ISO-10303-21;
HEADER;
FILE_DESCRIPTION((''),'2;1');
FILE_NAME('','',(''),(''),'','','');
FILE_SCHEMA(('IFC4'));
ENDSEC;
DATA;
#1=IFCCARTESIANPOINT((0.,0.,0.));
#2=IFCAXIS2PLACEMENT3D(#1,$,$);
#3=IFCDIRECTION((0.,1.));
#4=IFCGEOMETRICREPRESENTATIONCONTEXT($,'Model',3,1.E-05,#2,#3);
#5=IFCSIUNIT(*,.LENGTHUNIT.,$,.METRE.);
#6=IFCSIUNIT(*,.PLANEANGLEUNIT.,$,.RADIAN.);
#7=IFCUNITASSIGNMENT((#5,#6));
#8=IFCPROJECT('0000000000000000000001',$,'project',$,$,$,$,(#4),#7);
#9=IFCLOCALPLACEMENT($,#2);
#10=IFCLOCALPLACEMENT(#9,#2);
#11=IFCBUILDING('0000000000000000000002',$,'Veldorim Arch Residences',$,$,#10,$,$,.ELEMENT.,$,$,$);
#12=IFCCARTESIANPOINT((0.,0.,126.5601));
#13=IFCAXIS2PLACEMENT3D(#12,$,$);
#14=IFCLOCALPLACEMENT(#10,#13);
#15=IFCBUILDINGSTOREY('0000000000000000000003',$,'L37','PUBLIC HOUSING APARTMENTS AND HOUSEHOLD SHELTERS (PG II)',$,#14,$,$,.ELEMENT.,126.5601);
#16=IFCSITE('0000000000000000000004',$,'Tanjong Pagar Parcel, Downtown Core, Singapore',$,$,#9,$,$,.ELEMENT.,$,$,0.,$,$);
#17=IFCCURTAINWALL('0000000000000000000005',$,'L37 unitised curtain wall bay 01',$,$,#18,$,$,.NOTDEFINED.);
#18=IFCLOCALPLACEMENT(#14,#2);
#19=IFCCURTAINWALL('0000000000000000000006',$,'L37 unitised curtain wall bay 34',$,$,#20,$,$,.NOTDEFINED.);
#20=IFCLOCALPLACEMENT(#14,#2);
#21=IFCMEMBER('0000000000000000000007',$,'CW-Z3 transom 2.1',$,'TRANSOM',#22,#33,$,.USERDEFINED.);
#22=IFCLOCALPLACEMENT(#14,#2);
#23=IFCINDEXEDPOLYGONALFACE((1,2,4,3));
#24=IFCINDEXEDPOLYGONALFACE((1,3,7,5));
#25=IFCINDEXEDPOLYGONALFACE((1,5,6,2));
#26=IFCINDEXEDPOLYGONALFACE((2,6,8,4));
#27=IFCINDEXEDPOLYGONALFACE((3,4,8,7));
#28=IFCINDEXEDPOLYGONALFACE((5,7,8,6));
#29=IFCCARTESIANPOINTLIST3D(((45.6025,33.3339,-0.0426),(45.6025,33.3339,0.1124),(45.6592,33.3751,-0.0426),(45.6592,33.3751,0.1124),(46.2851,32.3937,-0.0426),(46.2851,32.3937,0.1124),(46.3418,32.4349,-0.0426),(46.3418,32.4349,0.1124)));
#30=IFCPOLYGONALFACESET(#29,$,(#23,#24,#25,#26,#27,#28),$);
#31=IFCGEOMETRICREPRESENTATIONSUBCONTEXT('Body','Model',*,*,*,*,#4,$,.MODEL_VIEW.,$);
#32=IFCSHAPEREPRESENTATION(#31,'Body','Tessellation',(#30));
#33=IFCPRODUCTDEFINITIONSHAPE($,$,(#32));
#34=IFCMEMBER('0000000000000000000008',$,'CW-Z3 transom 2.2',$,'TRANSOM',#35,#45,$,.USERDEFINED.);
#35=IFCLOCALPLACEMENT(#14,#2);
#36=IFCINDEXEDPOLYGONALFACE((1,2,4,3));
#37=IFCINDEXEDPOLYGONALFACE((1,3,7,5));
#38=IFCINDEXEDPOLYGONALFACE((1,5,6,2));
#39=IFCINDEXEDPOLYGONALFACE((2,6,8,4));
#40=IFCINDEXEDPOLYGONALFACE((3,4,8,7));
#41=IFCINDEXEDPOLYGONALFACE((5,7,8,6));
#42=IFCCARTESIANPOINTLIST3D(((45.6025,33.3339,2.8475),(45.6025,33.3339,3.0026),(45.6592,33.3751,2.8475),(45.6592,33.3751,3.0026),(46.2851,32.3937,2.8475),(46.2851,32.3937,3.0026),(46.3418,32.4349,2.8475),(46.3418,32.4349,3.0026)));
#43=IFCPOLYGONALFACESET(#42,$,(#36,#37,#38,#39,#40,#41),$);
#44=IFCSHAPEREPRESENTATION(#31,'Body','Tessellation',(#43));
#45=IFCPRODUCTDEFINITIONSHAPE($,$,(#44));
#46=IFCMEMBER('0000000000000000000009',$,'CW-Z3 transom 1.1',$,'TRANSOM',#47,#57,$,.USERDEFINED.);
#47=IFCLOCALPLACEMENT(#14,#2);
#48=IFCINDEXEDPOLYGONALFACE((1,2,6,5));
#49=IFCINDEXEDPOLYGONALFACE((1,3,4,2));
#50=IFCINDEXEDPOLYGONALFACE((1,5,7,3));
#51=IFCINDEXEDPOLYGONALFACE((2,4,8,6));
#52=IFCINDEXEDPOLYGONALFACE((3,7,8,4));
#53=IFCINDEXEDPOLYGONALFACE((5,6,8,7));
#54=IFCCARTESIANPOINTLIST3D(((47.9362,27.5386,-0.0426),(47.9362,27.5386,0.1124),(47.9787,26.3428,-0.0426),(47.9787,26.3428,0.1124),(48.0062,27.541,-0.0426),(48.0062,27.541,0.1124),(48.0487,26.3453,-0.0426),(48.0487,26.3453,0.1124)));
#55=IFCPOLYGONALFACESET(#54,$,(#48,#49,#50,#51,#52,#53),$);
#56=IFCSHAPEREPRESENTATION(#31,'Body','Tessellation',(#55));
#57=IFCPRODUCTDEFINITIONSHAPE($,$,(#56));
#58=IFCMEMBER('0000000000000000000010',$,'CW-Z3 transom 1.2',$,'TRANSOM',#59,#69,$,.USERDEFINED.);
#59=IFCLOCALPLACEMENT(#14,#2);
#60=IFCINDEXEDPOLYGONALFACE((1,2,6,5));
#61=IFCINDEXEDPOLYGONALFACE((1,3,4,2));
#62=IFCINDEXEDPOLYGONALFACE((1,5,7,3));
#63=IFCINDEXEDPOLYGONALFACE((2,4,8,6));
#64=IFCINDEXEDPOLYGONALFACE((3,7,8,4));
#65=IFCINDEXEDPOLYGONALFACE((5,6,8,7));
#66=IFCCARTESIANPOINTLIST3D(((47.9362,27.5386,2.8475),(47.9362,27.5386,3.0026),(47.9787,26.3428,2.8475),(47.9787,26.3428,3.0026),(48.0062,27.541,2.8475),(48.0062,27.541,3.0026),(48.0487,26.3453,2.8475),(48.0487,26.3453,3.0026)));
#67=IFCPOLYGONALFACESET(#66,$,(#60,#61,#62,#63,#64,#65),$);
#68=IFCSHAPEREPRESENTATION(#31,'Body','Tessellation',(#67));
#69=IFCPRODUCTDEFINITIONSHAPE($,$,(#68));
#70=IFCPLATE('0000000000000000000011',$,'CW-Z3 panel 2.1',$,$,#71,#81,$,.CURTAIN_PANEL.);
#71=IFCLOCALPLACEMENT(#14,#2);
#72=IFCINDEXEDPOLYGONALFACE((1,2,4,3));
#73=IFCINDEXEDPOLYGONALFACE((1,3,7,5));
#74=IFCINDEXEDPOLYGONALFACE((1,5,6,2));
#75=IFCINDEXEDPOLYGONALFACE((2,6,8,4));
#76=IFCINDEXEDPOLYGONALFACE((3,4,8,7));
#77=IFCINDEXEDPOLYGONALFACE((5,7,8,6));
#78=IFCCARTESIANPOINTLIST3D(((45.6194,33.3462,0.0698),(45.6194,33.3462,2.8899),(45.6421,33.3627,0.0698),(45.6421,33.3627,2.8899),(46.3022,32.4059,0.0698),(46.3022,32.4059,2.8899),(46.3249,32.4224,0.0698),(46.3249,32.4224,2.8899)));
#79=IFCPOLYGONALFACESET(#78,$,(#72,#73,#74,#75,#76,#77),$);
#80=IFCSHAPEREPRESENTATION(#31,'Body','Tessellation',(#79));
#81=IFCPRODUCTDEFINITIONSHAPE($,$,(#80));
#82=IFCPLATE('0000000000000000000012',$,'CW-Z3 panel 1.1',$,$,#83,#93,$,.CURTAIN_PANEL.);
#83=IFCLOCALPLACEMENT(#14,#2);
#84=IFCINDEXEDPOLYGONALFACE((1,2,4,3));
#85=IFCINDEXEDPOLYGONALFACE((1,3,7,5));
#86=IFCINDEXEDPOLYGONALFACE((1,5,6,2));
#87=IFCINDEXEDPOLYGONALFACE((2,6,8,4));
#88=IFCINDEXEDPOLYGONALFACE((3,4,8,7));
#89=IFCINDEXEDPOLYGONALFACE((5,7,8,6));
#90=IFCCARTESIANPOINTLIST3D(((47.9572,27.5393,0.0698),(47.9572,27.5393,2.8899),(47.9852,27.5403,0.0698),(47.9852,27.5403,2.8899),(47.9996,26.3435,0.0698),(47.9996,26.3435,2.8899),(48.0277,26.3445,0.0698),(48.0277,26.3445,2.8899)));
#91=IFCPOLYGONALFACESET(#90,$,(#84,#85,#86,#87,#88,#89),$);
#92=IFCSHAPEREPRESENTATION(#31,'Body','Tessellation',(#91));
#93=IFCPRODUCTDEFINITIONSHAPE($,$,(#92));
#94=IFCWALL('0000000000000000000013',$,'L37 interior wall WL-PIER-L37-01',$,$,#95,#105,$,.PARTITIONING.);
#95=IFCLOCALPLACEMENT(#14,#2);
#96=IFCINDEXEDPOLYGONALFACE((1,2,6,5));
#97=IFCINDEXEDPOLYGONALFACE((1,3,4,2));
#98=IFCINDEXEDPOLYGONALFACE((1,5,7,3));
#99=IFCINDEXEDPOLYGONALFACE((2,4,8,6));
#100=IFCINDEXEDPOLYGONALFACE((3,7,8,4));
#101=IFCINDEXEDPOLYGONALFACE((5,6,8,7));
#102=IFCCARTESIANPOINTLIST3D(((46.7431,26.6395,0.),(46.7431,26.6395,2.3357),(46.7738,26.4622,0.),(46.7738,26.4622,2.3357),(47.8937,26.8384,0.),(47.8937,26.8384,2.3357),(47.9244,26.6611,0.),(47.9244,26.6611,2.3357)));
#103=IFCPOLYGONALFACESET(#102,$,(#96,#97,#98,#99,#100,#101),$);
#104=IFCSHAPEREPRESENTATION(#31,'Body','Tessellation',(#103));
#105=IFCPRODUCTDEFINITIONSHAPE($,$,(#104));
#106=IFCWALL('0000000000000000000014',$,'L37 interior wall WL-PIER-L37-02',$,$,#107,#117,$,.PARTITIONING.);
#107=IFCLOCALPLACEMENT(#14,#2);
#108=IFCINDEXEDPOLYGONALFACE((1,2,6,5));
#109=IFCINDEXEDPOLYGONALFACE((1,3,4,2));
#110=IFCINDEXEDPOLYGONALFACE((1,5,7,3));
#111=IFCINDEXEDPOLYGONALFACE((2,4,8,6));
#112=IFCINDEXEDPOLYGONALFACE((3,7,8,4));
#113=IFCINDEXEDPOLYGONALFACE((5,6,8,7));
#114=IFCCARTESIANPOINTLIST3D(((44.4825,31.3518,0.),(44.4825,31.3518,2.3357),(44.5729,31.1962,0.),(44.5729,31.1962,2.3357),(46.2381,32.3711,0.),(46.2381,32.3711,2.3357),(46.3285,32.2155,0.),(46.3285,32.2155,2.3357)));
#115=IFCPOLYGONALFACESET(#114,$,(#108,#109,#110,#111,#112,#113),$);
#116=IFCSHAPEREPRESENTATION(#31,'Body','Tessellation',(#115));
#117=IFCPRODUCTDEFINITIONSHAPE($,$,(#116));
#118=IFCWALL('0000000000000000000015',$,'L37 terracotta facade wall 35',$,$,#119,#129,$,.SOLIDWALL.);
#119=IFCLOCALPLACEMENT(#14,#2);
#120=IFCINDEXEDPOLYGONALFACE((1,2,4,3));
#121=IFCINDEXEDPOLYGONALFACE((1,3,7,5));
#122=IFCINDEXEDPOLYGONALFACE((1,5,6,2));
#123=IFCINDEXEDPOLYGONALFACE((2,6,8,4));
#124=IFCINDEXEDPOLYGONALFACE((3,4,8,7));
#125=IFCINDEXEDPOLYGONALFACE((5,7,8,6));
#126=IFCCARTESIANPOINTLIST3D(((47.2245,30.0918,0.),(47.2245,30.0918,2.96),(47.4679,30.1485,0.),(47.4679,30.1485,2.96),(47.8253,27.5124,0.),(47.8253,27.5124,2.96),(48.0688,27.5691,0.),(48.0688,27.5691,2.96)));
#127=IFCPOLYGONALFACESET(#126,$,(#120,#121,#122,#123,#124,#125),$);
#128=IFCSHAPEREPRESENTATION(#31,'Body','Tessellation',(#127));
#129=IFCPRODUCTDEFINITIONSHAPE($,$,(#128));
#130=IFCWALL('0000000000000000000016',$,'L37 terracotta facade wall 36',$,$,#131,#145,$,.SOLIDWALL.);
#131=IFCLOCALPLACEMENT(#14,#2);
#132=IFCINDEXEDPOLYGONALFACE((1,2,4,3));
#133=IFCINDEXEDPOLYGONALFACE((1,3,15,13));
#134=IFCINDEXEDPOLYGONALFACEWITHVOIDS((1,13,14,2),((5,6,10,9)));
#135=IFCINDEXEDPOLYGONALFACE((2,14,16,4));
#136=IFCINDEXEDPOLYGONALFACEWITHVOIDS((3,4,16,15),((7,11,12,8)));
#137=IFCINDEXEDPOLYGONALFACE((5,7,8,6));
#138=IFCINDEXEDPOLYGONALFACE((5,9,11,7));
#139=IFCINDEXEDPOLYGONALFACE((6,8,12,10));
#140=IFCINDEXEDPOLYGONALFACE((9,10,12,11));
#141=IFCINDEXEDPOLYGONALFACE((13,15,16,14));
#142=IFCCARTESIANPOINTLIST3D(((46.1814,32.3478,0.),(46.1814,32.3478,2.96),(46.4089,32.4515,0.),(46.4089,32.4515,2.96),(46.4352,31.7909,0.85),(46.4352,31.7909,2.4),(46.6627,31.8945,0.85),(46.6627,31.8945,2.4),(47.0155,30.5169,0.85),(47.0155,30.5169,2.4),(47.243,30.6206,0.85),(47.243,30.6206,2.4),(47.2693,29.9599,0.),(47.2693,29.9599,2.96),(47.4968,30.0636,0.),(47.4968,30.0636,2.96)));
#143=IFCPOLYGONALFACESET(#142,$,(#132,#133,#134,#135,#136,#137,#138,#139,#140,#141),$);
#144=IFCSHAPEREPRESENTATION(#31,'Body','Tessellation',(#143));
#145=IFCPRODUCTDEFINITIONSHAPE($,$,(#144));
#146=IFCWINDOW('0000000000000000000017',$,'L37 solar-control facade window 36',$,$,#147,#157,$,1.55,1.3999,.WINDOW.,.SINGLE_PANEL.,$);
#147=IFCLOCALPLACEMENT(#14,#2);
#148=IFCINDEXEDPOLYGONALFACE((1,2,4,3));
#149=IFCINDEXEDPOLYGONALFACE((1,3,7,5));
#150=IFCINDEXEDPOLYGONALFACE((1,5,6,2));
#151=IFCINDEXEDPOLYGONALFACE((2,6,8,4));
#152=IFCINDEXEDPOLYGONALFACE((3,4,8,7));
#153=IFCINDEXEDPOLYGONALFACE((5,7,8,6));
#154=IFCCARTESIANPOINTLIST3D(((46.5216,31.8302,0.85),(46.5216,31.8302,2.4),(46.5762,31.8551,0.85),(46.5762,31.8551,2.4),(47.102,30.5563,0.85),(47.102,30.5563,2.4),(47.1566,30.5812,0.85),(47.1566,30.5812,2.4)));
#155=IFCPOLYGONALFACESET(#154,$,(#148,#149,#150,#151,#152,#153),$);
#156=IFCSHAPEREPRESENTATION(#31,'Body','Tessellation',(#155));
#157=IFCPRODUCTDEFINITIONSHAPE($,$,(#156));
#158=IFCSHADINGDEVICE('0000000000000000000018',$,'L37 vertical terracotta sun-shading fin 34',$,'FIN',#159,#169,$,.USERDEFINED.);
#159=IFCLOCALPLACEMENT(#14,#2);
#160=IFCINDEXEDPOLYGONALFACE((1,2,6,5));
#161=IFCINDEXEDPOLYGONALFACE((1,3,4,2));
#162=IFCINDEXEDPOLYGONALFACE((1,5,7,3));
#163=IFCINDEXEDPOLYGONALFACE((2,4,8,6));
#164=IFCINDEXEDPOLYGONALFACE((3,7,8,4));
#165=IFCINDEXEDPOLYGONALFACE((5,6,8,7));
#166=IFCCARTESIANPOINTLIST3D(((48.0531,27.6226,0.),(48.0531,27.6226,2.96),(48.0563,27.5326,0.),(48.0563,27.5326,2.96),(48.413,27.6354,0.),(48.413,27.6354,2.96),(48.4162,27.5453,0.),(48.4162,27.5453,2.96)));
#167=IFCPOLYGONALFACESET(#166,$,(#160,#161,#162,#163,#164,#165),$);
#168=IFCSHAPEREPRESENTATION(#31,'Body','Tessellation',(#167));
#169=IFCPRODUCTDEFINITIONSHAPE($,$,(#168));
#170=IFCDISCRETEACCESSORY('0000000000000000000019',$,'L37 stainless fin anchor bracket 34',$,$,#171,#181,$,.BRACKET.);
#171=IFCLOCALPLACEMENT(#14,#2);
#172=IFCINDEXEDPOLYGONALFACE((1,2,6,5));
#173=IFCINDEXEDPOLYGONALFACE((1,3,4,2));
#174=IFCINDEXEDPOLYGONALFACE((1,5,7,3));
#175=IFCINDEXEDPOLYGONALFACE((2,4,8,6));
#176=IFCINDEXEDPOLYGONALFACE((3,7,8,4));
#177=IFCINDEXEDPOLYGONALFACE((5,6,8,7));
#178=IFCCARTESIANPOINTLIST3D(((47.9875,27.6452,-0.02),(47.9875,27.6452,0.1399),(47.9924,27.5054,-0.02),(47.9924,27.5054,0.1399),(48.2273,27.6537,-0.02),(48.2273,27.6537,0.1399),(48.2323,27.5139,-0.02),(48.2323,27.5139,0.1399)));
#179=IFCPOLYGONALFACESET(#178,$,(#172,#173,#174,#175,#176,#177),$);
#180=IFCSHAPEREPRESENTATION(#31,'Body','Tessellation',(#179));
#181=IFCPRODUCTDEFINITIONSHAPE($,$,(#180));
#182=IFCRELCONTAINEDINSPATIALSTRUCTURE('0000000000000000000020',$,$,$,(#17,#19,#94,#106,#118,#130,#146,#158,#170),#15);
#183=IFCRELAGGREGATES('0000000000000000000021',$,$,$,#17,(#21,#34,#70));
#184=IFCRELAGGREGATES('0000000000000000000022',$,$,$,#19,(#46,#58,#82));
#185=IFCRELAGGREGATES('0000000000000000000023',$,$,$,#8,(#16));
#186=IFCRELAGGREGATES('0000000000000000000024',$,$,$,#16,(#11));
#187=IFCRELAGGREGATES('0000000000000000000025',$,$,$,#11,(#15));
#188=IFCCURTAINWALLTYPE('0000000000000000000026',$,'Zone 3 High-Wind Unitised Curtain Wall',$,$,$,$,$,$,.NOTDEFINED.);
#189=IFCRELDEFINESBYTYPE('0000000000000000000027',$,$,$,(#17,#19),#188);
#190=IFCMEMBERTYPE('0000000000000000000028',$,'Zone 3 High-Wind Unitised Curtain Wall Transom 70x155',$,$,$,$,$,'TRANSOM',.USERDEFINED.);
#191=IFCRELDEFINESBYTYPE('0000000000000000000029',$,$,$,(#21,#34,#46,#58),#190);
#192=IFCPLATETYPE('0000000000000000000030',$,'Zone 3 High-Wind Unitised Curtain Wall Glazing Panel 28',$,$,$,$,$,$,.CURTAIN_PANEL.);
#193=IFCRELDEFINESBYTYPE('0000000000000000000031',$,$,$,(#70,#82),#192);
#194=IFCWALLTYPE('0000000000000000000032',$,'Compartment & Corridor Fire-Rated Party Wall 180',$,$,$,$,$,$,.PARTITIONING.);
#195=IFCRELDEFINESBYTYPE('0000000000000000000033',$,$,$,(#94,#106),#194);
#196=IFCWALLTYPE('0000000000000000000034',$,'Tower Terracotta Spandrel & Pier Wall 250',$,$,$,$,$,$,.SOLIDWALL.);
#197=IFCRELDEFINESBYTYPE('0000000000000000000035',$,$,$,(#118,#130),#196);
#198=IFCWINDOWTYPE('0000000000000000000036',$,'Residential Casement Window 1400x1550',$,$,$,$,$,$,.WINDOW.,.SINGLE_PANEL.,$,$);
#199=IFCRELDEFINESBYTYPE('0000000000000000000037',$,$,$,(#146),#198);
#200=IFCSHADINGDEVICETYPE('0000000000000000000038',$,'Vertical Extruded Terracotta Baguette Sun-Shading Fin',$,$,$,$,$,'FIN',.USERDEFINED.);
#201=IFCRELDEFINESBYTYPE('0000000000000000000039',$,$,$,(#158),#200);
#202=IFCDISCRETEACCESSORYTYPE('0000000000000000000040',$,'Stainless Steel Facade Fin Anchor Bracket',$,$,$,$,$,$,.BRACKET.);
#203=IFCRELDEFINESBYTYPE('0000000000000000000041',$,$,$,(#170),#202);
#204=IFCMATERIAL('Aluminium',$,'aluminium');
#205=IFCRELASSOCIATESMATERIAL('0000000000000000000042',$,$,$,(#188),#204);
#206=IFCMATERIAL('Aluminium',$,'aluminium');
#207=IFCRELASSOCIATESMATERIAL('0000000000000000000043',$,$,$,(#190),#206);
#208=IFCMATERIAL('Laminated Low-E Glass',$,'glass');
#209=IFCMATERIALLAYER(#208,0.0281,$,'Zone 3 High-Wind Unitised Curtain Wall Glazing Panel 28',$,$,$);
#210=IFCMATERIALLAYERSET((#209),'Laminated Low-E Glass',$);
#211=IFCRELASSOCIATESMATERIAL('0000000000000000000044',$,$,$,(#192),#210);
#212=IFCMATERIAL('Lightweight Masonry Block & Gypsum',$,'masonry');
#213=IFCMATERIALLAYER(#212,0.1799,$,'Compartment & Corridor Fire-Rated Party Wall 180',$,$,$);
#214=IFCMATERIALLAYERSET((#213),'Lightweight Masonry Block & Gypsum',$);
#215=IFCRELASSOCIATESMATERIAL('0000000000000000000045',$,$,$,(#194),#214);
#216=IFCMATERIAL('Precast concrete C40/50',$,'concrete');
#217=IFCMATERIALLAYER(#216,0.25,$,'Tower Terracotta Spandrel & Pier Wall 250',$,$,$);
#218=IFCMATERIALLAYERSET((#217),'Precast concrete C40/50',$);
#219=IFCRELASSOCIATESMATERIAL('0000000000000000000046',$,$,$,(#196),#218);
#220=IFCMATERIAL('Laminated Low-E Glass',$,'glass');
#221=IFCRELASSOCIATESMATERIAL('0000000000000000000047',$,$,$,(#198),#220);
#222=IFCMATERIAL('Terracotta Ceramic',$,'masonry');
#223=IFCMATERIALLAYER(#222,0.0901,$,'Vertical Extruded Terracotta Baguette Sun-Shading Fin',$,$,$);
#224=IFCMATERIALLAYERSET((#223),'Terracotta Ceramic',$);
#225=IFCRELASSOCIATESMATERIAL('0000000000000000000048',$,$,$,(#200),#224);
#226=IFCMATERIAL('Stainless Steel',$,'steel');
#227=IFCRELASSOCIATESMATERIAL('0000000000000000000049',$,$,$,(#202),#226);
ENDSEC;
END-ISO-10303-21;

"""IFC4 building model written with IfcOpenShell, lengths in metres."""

from ifc_helpers import new_model, si_unit, direction, frame, frame_2d, origin, origin_2d, place, context, subcontext, project, spatial, rectangle, extrude, material, layer, layer_set, material_profile, profile_set, type_object, element, fill, aggregate, save


model = new_model("IFC4")

# Units and contexts
model_context = context("Model", 3, precision=1e-05, world=origin(), true_north=direction((0.0, 1.0)))
body_context = subcontext(model_context, "Body", "Model", "MODEL_VIEW")
ifc_project = project(units=[si_unit("LENGTHUNIT", "METRE"), si_unit("PLANEANGLEUNIT", "RADIAN")], contexts=[model_context])

# Site, building, storey
site_placement = place(None, origin())
site = spatial("IfcSite", under=ifc_project, at=site_placement, Name="Tanjong Pagar Parcel, Downtown Core, Singapore", CompositionType="ELEMENT", RefElevation=0.0)
building_placement = place(site_placement, origin())
building = spatial("IfcBuilding", under=site, at=building_placement, Name="Veldorim Arch Residences", CompositionType="ELEMENT")
storey_placement = place(building_placement, frame((0.0, 0.0, 126.5601)))
storey = spatial("IfcBuildingStorey", under=building, at=storey_placement, Name="L37", Description="PUBLIC HOUSING APARTMENTS AND HOUSEHOLD SHELTERS (PG II)", CompositionType="ELEMENT", Elevation=126.5601)

# Curtain walls
ifc_material_1 = material(Name="Aluminium", Category="aluminium")
curtain_wall_type = type_object("IfcCurtainWallType", Name="Zone 3 High-Wind Unitised Curtain Wall", PredefinedType="NOTDEFINED", material=ifc_material_1)
curtain_wall_1_placement = place(storey_placement, origin())
curtain_wall_1 = element("IfcCurtainWall", 1, at=curtain_wall_1_placement, inside=storey, type_object=curtain_wall_type, Name="L37 unitised curtain wall bay 01", PredefinedType="NOTDEFINED")
curtain_wall_2_placement = place(storey_placement, origin())
curtain_wall_2 = element("IfcCurtainWall", 2, at=curtain_wall_2_placement, inside=storey, type_object=curtain_wall_type, Name="L37 unitised curtain wall bay 34", PredefinedType="NOTDEFINED")

# Members
ifc_material_2 = material(Name="Aluminium", Category="aluminium")
ifc_material_profile_1 = material_profile(ifc_material_2, rectangle(XDim=0.0701, YDim=0.155, at=origin_2d()), Name="ALU_TRN_70x155")
ifc_profile_set_1 = profile_set([ifc_material_profile_1], Name="Aluminium")
member_type_1 = type_object("IfcMemberType", Name="Zone 3 High-Wind Unitised Curtain Wall Transom 70x155", ElementType="TRANSOM", PredefinedType="USERDEFINED", material=ifc_profile_set_1)
member_1_placement = place(storey_placement, frame((45.6309, 33.3545, 0.0349), z_axis=(0.587522, -0.809208, 0.0), x_axis=(0.809208, 0.587522, 0.0)))
member_1 = element("IfcMember", 3, at=member_1_placement, type_object=member_type_1, Name="CW-Z3 transom 2.1", ObjectType="TRANSOM", PredefinedType="USERDEFINED", context=body_context, shape_type="SweptSolid", body=[
    extrude(rectangle(XDim=0.0701, YDim=0.155, at=origin_2d()), origin(), (0.0, 0.0, 1.0), 1.1619),
])
member_2_placement = place(storey_placement, frame((45.6309, 33.3545, 2.925), z_axis=(0.587522, -0.809208, 0.0), x_axis=(0.809208, 0.587522, 0.0)))
member_2 = element("IfcMember", 4, at=member_2_placement, type_object=member_type_1, Name="CW-Z3 transom 2.2", ObjectType="TRANSOM", PredefinedType="USERDEFINED", context=body_context, shape_type="SweptSolid", body=[
    extrude(rectangle(XDim=0.0701, YDim=0.155, at=origin_2d()), origin(), (0.0, 0.0, 1.0), 1.1619),
])
member_3_placement = place(storey_placement, frame((47.9712, 27.5398, 0.0349), z_axis=(0.035502, -0.99937, 0.0), x_axis=(0.99937, 0.035502, 0.0)))
member_3 = element("IfcMember", 5, at=member_3_placement, type_object=member_type_1, Name="CW-Z3 transom 1.1", ObjectType="TRANSOM", PredefinedType="USERDEFINED", context=body_context, shape_type="SweptSolid", body=[
    extrude(rectangle(XDim=0.0701, YDim=0.155, at=origin_2d()), origin(), (0.0, 0.0, 1.0), 1.1965),
])
member_4_placement = place(storey_placement, frame((47.9712, 27.5398, 2.925), z_axis=(0.035502, -0.99937, 0.0), x_axis=(0.99937, 0.035502, 0.0)))
member_4 = element("IfcMember", 6, at=member_4_placement, type_object=member_type_1, Name="CW-Z3 transom 1.2", ObjectType="TRANSOM", PredefinedType="USERDEFINED", context=body_context, shape_type="SweptSolid", body=[
    extrude(rectangle(XDim=0.0701, YDim=0.155, at=origin_2d()), origin(), (0.0, 0.0, 1.0), 1.1965),
])

# Plates
ifc_material_3 = material(Name="Laminated Low-E Glass", Category="glass")
ifc_layer_1 = layer(ifc_material_3, 0.0281, Name="Zone 3 High-Wind Unitised Curtain Wall Glazing Panel 28")
ifc_layer_set_1 = layer_set([ifc_layer_1], Name="Laminated Low-E Glass")
plate_type = type_object("IfcPlateType", Name="Zone 3 High-Wind Unitised Curtain Wall Glazing Panel 28", PredefinedType="CURTAIN_PANEL", material=ifc_layer_set_1)
plate_1_placement = place(storey_placement, frame((45.9722, 32.8843, 0.0698), z_axis=(0.0, 0.0, 1.0), x_axis=(0.587585, -0.809162, 0.0)))
plate_1 = element("IfcPlate", 7, at=plate_1_placement, type_object=plate_type, Name="CW-Z3 panel 2.1", PredefinedType="CURTAIN_PANEL", context=body_context, shape_type="SweptSolid", body=[
    extrude(rectangle(XDim=1.1621, YDim=0.0281, at=origin_2d()), origin(), (0.0, 0.0, 1.0), 2.8201),
])
aggregate(curtain_wall_1, [member_1, member_2, plate_1])
plate_2_placement = place(storey_placement, frame((47.9924, 26.9419, 0.0698), z_axis=(0.0, 0.0, 1.0), x_axis=(0.035498, -0.99937, 0.0)))
plate_2 = element("IfcPlate", 8, at=plate_2_placement, type_object=plate_type, Name="CW-Z3 panel 1.1", PredefinedType="CURTAIN_PANEL", context=body_context, shape_type="SweptSolid", body=[
    extrude(rectangle(XDim=1.1965, YDim=0.0281, at=origin_2d()), origin(), (0.0, 0.0, 1.0), 2.8201),
])
aggregate(curtain_wall_2, [member_3, member_4, plate_2])

# Walls
ifc_material_4 = material(Name="Lightweight Masonry Block & Gypsum", Category="masonry")
ifc_layer_2 = layer(ifc_material_4, 0.1799, Name="Compartment & Corridor Fire-Rated Party Wall 180")
ifc_layer_set_2 = layer_set([ifc_layer_2], Name="Lightweight Masonry Block & Gypsum")
wall_type_1 = type_object("IfcWallType", Name="Compartment & Corridor Fire-Rated Party Wall 180", PredefinedType="PARTITIONING", material=ifc_layer_set_2)
wall_1_placement = place(storey_placement, frame((46.7583, 26.5508, 0.0), z_axis=(0.0, 0.0, 1.0), x_axis=(0.985375, 0.170397, 0.0)))
element("IfcWall", 9, at=wall_1_placement, inside=storey, type_object=wall_type_1, Name="L37 interior wall WL-PIER-L37-01", PredefinedType="PARTITIONING", context=body_context, shape_type="SweptSolid", body=[
    extrude(rectangle(XDim=1.1677, YDim=0.1799, at=frame_2d((0.584, 0.0))), origin(), (0.0, 0.0, 1.0), 2.3357),
])
wall_2_placement = place(storey_placement, frame((44.5276, 31.2739, 0.0), z_axis=(0.0, 0.0, 1.0), x_axis=(0.864811, 0.502098, 0.0)))
element("IfcWall", 10, at=wall_2_placement, inside=storey, type_object=wall_type_1, Name="L37 interior wall WL-PIER-L37-02", PredefinedType="PARTITIONING", context=body_context, shape_type="SweptSolid", body=[
    extrude(rectangle(XDim=2.03, YDim=0.1799, at=frame_2d((1.0151, 0.0))), origin(), (0.0, 0.0, 1.0), 2.3357),
])
ifc_material_5 = material(Name="Precast concrete C40/50", Category="concrete")
ifc_layer_3 = layer(ifc_material_5, 0.25, Name="Tower Terracotta Spandrel & Pier Wall 250")
ifc_layer_set_3 = layer_set([ifc_layer_3], Name="Precast concrete C40/50")
wall_type_2 = type_object("IfcWallType", Name="Tower Terracotta Spandrel & Pier Wall 250", PredefinedType="SOLIDWALL", material=ifc_layer_set_3)
wall_3_placement = place(storey_placement, frame((47.3462, 30.1201, 0.0), z_axis=(0.0, 0.0, 1.0), x_axis=(0.226865, -0.973926, 0.0)))
element("IfcWall", 11, at=wall_3_placement, inside=storey, type_object=wall_type_2, Name="L37 terracotta facade wall 35", PredefinedType="SOLIDWALL", context=body_context, shape_type="SweptSolid", body=[
    extrude(rectangle(XDim=2.6484, YDim=0.25, at=frame_2d((1.3242, 0.0))), origin(), (0.0, 0.0, 1.0), 2.96),
])

# Wall, opening, window
wall_4_placement = place(storey_placement, frame((46.2952, 32.3997, 0.0), z_axis=(0.0, 0.0, 1.0), x_axis=(0.414581, -0.910012, 0.0)))
wall_4 = element("IfcWall", 12, at=wall_4_placement, inside=storey, type_object=wall_type_2, Name="L37 terracotta facade wall 36", PredefinedType="SOLIDWALL", context=body_context, shape_type="SweptSolid", body=[
    extrude(rectangle(XDim=2.624, YDim=0.25, at=frame_2d((1.312, 0.0))), origin(), (0.0, 0.0, 1.0), 2.96),
])
opening_placement = place(wall_4_placement, frame((0.6121, 0.0, 0.8501)))
opening = element("IfcOpeningElement", 13, at=opening_placement, cuts=wall_4, PredefinedType="OPENING", context=body_context, shape_type="SweptSolid", body=[
    extrude(rectangle(XDim=1.3999, YDim=1.55, at=frame_2d((0.7, 0.7749))), frame((0.0, 0.135, 0.0), z_axis=(0.0, -1.0, 0.0), x_axis=(1.0, 0.0, 0.0)), (0.0, 0.0, 1.0), 0.27),
])
ifc_material_6 = material(Name="Laminated Low-E Glass", Category="glass")
window_type = type_object("IfcWindowType", Name="Residential Casement Window 1400x1550", PartitioningType="SINGLE_PANEL", PredefinedType="WINDOW", material=ifc_material_6)
window_placement = place(opening_placement, origin())
window = element("IfcWindow", 14, at=window_placement, inside=storey, type_object=window_type, Name="L37 solar-control facade window 36", OverallHeight=1.55, OverallWidth=1.3999, PartitioningType="SINGLE_PANEL", PredefinedType="WINDOW", context=body_context, shape_type="SweptSolid", body=[
    extrude(rectangle(XDim=1.3999, YDim=1.55, at=frame_2d((0.7, 0.7749))), frame((0.0, 0.03, 0.0), z_axis=(0.0, -1.0, 0.0), x_axis=(1.0, 0.0, 0.0)), (0.0, 0.0, 1.0), 0.0601),
])
fill(opening, window)

# Shading device
ifc_material_7 = material(Name="Terracotta Ceramic", Category="masonry")
ifc_layer_4 = layer(ifc_material_7, 0.0901, Name="Vertical Extruded Terracotta Baguette Sun-Shading Fin")
ifc_layer_set_4 = layer_set([ifc_layer_4], Name="Terracotta Ceramic")
shading_device_type = type_object("IfcShadingDeviceType", Name="Vertical Extruded Terracotta Baguette Sun-Shading Fin", ElementType="FIN", PredefinedType="USERDEFINED", material=ifc_layer_set_4)
shading_device_placement = place(storey_placement, frame((48.2346, 27.584, 0.0), z_axis=(0.0, 0.0, 1.0), x_axis=(0.035423, -0.999372, 0.0)))
element("IfcShadingDevice", 15, at=shading_device_placement, inside=storey, type_object=shading_device_type, Name="L37 vertical terracotta sun-shading fin 34", ObjectType="FIN", PredefinedType="USERDEFINED", context=body_context, shape_type="SweptSolid", body=[
    extrude(rectangle(XDim=0.0901, YDim=0.3601, at=origin_2d()), origin(), (0.0, 0.0, 1.0), 2.96),
])

# Discrete accessory
ifc_material_8 = material(Name="Stainless Steel", Category="steel")
discrete_accessory_type = type_object("IfcDiscreteAccessoryType", Name="Stainless Steel Facade Fin Anchor Bracket", PredefinedType="BRACKET", material=ifc_material_8)
discrete_accessory_placement = place(storey_placement, frame((48.1099, 27.5796, -0.02), z_axis=(0.0, 0.0, 1.0), x_axis=(0.035423, -0.999372, 0.0)))
element("IfcDiscreteAccessory", 16, at=discrete_accessory_placement, inside=storey, type_object=discrete_accessory_type, Name="L37 stainless fin anchor bracket 34", PredefinedType="BRACKET", context=body_context, shape_type="SweptSolid", body=[
    extrude(rectangle(XDim=0.1399, YDim=0.24, at=origin_2d()), origin(), (0.0, 0.0, 1.0), 0.1599),
])

save(model, "model.ifc")
